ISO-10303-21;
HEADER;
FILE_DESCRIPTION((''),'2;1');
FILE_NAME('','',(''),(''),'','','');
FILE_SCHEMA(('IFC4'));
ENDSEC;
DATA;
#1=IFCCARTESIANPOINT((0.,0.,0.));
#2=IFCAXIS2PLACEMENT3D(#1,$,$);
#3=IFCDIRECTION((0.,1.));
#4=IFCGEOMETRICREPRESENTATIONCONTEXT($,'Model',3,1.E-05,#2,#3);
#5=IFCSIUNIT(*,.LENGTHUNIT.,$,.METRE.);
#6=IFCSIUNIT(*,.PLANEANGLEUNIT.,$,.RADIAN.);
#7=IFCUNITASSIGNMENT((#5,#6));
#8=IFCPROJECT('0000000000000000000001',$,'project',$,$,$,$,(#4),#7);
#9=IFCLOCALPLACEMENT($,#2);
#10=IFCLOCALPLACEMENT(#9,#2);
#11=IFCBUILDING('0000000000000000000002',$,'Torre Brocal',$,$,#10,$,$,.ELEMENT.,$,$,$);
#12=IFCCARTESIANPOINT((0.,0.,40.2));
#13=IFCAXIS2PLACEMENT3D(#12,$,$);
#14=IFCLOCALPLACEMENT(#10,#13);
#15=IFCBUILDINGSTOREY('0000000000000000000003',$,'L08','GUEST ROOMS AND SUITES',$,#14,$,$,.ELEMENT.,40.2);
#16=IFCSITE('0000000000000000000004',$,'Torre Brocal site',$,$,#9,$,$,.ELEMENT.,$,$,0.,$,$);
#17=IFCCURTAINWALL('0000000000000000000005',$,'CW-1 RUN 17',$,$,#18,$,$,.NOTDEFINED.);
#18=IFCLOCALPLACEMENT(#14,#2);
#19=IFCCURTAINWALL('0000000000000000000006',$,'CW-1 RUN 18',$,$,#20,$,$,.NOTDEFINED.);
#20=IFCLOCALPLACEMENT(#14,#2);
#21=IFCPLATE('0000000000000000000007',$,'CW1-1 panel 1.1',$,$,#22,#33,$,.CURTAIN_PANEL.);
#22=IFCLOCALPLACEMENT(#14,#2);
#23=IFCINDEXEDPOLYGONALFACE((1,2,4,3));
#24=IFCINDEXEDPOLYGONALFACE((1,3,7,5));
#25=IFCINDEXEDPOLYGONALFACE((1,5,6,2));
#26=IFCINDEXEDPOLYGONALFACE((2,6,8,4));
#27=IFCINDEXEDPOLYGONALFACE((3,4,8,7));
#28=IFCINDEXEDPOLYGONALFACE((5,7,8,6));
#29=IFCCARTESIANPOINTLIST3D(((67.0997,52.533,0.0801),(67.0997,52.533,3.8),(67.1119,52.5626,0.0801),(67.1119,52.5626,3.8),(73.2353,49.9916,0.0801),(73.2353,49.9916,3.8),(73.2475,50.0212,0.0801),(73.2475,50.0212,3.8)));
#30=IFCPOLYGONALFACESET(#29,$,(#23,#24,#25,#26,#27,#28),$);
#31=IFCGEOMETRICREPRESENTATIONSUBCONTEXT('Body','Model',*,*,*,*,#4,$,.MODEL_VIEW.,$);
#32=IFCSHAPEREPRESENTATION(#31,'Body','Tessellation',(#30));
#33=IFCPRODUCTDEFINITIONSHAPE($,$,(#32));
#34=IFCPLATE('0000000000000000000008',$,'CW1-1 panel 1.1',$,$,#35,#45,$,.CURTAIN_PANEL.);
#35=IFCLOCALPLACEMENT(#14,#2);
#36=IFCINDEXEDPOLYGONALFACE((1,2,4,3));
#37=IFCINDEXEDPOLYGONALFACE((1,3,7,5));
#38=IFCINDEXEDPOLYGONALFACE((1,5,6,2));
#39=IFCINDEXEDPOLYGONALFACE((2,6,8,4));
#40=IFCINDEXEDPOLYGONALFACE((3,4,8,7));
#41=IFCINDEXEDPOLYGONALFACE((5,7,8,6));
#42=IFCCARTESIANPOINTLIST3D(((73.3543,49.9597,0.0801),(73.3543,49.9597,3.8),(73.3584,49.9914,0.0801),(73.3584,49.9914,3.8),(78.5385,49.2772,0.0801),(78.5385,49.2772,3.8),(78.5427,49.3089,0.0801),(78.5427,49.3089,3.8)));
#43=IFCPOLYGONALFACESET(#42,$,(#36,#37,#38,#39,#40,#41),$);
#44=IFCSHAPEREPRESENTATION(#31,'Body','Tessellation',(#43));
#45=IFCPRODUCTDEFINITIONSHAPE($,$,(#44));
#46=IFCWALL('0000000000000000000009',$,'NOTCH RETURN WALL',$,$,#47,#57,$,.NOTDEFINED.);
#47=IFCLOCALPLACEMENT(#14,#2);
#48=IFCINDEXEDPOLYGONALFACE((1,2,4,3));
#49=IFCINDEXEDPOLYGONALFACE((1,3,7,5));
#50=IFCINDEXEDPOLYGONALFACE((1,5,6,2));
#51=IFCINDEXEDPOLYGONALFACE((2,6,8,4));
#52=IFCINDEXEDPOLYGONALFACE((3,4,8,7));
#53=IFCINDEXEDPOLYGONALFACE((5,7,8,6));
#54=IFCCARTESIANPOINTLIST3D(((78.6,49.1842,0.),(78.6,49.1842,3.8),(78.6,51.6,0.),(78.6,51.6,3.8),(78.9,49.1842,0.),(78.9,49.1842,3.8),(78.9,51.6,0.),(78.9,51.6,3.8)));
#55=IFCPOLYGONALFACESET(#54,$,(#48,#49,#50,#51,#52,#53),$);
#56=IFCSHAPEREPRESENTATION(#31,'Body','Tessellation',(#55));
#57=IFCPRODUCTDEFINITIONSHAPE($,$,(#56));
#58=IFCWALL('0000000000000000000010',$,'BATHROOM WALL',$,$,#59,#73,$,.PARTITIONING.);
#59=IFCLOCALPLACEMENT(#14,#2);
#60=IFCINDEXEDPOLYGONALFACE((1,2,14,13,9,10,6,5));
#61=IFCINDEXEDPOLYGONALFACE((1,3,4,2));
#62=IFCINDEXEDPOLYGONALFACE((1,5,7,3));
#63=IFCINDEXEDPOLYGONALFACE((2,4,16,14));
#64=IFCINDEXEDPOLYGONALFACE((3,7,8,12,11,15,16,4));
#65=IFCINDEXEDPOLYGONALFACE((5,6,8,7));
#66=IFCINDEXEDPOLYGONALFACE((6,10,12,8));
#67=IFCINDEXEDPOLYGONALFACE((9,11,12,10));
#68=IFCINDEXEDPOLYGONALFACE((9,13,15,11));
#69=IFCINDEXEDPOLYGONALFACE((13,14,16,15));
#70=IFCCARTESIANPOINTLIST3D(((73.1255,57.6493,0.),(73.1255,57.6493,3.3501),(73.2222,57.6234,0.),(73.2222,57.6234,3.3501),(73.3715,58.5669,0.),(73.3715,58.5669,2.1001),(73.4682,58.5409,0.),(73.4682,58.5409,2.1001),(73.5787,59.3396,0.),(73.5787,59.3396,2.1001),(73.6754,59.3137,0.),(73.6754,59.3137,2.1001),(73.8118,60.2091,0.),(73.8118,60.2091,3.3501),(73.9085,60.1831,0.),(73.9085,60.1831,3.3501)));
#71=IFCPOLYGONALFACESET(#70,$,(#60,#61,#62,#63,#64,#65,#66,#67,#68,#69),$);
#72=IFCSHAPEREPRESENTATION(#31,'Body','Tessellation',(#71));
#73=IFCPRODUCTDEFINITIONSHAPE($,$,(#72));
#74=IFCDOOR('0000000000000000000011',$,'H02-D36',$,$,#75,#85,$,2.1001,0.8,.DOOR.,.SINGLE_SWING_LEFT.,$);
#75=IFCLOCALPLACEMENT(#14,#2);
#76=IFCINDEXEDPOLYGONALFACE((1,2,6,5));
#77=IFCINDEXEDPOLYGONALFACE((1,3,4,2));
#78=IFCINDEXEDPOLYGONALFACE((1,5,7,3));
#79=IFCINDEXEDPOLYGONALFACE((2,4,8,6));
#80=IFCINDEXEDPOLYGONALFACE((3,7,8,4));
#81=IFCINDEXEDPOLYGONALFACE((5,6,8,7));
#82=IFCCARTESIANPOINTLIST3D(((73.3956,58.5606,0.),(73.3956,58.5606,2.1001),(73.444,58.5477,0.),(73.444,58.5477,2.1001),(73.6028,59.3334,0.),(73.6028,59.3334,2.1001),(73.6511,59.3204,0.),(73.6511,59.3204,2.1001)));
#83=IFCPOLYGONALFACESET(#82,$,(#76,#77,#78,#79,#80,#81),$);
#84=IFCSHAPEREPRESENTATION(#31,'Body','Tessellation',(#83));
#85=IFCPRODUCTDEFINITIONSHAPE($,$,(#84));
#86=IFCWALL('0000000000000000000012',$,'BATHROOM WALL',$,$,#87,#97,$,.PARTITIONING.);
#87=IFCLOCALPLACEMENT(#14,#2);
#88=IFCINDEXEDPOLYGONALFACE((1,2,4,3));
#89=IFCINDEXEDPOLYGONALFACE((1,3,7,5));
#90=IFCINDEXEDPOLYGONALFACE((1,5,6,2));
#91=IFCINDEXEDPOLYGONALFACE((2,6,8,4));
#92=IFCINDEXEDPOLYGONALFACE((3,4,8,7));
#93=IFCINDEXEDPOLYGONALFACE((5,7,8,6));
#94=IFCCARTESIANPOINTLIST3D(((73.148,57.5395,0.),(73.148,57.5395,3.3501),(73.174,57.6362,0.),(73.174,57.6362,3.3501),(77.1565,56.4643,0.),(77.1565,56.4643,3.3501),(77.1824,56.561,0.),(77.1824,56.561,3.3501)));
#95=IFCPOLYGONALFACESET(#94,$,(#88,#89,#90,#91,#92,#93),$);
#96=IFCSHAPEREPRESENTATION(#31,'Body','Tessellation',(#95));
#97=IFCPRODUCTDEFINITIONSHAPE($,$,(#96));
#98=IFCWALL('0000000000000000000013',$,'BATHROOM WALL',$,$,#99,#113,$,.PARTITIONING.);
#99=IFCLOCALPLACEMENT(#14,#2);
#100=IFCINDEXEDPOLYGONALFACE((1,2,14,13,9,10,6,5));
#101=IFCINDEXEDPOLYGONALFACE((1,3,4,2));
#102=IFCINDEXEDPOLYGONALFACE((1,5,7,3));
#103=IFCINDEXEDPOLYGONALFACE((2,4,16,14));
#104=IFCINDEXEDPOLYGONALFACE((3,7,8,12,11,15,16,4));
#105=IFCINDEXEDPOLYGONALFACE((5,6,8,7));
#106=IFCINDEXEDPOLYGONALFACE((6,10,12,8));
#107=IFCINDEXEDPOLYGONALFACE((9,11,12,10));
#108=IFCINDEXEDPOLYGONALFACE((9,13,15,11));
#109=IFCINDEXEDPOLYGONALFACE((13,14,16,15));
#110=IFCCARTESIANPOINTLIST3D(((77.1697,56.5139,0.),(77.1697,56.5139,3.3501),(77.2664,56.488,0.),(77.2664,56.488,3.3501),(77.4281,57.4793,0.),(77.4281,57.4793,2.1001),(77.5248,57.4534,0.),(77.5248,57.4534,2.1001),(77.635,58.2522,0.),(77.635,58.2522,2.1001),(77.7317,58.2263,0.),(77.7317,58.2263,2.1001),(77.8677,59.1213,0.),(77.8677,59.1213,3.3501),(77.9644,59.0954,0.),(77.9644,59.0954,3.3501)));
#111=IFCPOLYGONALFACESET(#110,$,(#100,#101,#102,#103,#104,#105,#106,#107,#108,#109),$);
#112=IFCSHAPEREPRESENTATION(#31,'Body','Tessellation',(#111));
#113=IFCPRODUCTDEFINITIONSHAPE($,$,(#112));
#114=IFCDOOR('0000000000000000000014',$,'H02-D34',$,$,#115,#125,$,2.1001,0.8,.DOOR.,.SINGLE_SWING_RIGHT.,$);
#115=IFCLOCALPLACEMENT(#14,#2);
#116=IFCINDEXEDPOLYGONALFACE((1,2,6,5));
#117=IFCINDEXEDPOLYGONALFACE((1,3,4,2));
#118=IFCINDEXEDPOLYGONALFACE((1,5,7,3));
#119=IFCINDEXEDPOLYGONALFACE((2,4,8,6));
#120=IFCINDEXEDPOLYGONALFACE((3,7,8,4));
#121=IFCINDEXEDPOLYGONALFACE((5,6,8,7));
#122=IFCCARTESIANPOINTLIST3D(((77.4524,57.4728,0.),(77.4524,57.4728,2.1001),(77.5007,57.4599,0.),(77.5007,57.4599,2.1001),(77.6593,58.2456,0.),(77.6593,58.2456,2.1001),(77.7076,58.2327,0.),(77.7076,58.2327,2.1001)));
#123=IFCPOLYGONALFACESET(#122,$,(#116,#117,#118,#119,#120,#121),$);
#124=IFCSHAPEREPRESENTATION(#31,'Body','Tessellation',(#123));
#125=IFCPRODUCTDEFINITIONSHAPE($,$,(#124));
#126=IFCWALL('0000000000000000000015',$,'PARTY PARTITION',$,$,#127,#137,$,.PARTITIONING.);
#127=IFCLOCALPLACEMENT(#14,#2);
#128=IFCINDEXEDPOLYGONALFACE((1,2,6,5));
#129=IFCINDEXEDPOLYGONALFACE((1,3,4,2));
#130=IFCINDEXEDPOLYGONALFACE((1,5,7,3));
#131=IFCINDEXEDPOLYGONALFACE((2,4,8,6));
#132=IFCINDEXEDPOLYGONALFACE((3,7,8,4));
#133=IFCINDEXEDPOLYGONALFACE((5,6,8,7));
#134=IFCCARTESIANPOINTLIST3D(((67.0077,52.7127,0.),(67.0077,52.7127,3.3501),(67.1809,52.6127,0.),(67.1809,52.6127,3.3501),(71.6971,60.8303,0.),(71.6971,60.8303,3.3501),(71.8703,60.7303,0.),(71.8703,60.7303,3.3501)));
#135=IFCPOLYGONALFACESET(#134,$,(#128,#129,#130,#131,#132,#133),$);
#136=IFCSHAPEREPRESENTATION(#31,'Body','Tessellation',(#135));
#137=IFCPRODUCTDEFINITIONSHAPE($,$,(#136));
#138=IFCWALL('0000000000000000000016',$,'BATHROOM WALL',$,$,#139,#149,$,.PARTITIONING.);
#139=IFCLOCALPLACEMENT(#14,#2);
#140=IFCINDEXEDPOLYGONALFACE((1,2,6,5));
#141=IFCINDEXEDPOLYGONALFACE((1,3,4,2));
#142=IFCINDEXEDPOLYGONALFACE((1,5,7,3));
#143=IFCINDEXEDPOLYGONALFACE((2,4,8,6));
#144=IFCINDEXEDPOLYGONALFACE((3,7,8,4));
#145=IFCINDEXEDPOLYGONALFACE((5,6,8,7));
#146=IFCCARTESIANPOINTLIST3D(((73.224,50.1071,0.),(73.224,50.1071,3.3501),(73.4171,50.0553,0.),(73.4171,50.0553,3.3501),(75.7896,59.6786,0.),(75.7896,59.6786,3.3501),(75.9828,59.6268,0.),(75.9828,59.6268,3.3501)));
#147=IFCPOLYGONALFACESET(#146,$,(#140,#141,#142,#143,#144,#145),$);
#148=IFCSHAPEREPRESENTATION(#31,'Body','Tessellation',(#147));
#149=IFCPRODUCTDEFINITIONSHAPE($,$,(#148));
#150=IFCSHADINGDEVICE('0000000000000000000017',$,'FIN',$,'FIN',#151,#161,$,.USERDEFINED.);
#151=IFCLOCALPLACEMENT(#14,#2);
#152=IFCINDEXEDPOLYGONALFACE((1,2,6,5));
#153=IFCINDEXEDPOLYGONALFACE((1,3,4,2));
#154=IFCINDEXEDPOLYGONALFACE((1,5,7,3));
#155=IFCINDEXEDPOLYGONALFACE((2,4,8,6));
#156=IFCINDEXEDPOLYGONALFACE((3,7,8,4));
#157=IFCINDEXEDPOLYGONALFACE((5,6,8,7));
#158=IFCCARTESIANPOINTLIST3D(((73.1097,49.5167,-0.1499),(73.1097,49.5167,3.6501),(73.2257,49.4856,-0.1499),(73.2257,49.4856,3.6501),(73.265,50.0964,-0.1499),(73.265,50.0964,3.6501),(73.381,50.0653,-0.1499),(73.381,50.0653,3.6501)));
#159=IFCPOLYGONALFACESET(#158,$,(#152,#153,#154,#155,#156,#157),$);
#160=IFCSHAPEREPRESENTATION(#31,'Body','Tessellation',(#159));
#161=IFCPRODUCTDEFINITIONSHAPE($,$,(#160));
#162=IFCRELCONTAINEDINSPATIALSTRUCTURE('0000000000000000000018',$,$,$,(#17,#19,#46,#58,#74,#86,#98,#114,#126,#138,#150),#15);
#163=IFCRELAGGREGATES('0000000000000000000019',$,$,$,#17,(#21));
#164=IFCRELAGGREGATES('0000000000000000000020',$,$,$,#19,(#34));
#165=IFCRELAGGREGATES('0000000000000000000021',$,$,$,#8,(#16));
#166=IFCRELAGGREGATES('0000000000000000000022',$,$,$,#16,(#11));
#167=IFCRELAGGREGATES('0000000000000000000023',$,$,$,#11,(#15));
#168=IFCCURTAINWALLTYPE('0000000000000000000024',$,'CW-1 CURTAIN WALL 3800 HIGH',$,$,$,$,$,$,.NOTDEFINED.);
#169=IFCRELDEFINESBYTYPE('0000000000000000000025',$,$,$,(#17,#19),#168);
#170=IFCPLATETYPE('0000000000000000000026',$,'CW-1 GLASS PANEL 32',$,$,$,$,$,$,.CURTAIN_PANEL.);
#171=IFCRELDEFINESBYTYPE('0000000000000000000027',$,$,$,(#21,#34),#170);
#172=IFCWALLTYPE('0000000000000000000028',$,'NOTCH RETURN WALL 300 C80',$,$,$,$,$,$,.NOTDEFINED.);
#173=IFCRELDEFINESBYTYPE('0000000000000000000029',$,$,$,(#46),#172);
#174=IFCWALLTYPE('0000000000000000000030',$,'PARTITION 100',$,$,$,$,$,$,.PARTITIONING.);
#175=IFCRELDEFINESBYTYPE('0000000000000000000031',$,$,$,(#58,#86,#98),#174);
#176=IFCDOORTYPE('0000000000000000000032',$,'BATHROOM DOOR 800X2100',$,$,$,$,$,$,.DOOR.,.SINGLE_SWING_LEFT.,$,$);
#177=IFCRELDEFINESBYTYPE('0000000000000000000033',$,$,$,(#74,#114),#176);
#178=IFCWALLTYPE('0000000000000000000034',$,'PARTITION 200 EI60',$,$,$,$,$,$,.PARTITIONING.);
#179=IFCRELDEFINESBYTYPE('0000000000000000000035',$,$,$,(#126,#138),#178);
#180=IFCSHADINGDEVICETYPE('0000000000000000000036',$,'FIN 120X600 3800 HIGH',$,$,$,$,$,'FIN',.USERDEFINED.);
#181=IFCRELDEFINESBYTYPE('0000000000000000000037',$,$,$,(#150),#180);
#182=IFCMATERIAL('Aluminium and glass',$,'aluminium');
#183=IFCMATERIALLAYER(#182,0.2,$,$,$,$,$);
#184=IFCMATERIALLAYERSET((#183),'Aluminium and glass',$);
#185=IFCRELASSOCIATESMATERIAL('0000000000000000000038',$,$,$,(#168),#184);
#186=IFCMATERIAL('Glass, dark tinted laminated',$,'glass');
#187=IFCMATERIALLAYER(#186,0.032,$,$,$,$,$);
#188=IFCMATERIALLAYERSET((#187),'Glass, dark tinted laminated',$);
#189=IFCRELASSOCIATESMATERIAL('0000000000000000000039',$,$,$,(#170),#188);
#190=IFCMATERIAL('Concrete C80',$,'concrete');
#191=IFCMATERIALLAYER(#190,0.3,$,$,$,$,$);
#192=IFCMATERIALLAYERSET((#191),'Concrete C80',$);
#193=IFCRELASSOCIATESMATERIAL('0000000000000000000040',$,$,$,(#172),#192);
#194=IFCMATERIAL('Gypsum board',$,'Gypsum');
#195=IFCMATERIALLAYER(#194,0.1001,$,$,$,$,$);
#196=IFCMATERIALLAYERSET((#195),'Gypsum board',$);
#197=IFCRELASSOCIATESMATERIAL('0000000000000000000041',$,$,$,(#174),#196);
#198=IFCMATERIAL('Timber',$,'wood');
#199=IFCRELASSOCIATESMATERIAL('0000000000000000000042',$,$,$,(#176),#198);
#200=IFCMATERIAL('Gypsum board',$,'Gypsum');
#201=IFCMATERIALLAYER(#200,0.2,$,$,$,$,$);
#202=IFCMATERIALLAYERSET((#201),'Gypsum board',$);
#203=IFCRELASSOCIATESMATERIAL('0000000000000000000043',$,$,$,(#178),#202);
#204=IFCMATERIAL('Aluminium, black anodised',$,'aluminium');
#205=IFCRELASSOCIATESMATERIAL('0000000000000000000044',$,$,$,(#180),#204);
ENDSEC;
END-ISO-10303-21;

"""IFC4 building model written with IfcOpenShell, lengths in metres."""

from ifc_helpers import new_model, si_unit, direction, frame, frame_2d, origin, origin_2d, place, context, subcontext, project, spatial, rectangle, extrude, material, layer, layer_set, material_profile, profile_set, type_object, element, fill, aggregate, save


model = new_model("IFC4")

# Units and contexts
model_context = context("Model", 3, precision=1e-05, world=origin(), true_north=direction((0.0, 1.0)))
body_context = subcontext(model_context, "Body", "Model", "MODEL_VIEW")
ifc_project = project(units=[si_unit("LENGTHUNIT", "METRE"), si_unit("PLANEANGLEUNIT", "RADIAN")], contexts=[model_context])

# Site, building, storey
site_placement = place(None, origin())
site = spatial("IfcSite", under=ifc_project, at=site_placement, Name="Torre Brocal site", CompositionType="ELEMENT", RefElevation=0.0)
building_placement = place(site_placement, origin())
building = spatial("IfcBuilding", under=site, at=building_placement, Name="Torre Brocal", CompositionType="ELEMENT")
storey_placement = place(building_placement, frame((0.0, 0.0, 40.2)))
storey = spatial("IfcBuildingStorey", under=building, at=storey_placement, Name="L08", Description="GUEST ROOMS AND SUITES", CompositionType="ELEMENT", Elevation=40.2)

# Shared definitions
ifc_material_1 = material(Name="Aluminium and glass", Category="aluminium")
ifc_layer_1 = layer(ifc_material_1, 0.2)
ifc_layer_set_1 = layer_set([ifc_layer_1], Name="Aluminium and glass")
curtain_wall_type = type_object("IfcCurtainWallType", Name="CW-1 CURTAIN WALL 3800 HIGH", PredefinedType="NOTDEFINED", material=ifc_layer_set_1)

# Curtain walls
curtain_wall_1_placement = place(storey_placement, origin())
curtain_wall_1 = element("IfcCurtainWall", 1, at=curtain_wall_1_placement, inside=storey, type_object=curtain_wall_type, Name="CW-1 RUN 17", PredefinedType="NOTDEFINED")
curtain_wall_2_placement = place(storey_placement, origin())
curtain_wall_2 = element("IfcCurtainWall", 2, at=curtain_wall_2_placement, inside=storey, type_object=curtain_wall_type, Name="CW-1 RUN 18", PredefinedType="NOTDEFINED")

# Plates
ifc_material_2 = material(Name="Glass, dark tinted laminated", Category="glass")
ifc_layer_2 = layer(ifc_material_2, 0.032)
ifc_layer_set_2 = layer_set([ifc_layer_2], Name="Glass, dark tinted laminated")
plate_type = type_object("IfcPlateType", Name="CW-1 GLASS PANEL 32", PredefinedType="CURTAIN_PANEL", material=ifc_layer_set_2)
plate_1_placement = place(storey_placement, frame((70.1736, 51.2771, 0.0801), z_axis=(0.0, 0.0, 1.0), x_axis=(0.92388, -0.382683, 0.0)))
plate_1 = element("IfcPlate", 3, at=plate_1_placement, type_object=plate_type, Name="CW1-1 panel 1.1", PredefinedType="CURTAIN_PANEL", context=body_context, shape_type="SweptSolid", body=[
    extrude(rectangle(XDim=6.6411, YDim=0.032, at=origin_2d()), origin(), (0.0, 0.0, 1.0), 3.72),
])
aggregate(curtain_wall_1, [plate_1])
plate_2_placement = place(storey_placement, frame((75.9485, 49.6343, 0.0801), z_axis=(0.0, 0.0, 1.0), x_axis=(0.991445, -0.130526, 0.0)))
plate_2 = element("IfcPlate", 4, at=plate_2_placement, type_object=plate_type, Name="CW1-1 panel 1.1", PredefinedType="CURTAIN_PANEL", context=body_context, shape_type="SweptSolid", body=[
    extrude(rectangle(XDim=5.229, YDim=0.032, at=origin_2d()), origin(), (0.0, 0.0, 1.0), 3.72),
])
aggregate(curtain_wall_2, [plate_2])

# Wall
ifc_material_3 = material(Name="Concrete C80", Category="concrete")
ifc_layer_3 = layer(ifc_material_3, 0.3)
ifc_layer_set_3 = layer_set([ifc_layer_3], Name="Concrete C80")
wall_type_1 = type_object("IfcWallType", Name="NOTCH RETURN WALL 300 C80", PredefinedType="NOTDEFINED", material=ifc_layer_set_3)
wall_1_placement = place(storey_placement, frame((78.75, 51.6001, 0.0), z_axis=(0.0, 0.0, 1.0), x_axis=(0.0, -1.0, 0.0)))
element("IfcWall", 5, at=wall_1_placement, inside=storey, type_object=wall_type_1, Name="NOTCH RETURN WALL", PredefinedType="NOTDEFINED", context=body_context, shape_type="SweptSolid", body=[
    extrude(rectangle(XDim=2.4158, YDim=0.3, at=frame_2d((1.208, 0.0))), origin(), (0.0, 0.0, 1.0), 3.8),
])

# Wall, opening, door
ifc_material_4 = material(Name="Gypsum board", Category="Gypsum")
ifc_layer_4 = layer(ifc_material_4, 0.1001)
ifc_layer_set_4 = layer_set([ifc_layer_4], Name="Gypsum board")
wall_type_2 = type_object("IfcWallType", Name="PARTITION 100", PredefinedType="PARTITIONING", material=ifc_layer_set_4)
wall_2_placement = place(storey_placement, frame((73.1738, 57.6362, 0.0), z_axis=(0.0, 0.0, 1.0), x_axis=(0.258952, 0.96589, 0.0)))
wall_2 = element("IfcWall", 6, at=wall_2_placement, inside=storey, type_object=wall_type_2, Name="BATHROOM WALL", PredefinedType="PARTITIONING", context=body_context, shape_type="SweptSolid", body=[
    extrude(rectangle(XDim=2.6501, YDim=0.1001, at=frame_2d((1.3252, 0.0))), origin(), (0.0, 0.0, 1.0), 3.3501),
])
opening_1_placement = place(wall_2_placement, frame((0.9502, 0.0, 0.0)))
opening_1 = element("IfcOpeningElement", 7, at=opening_1_placement, cuts=wall_2, PredefinedType="OPENING", context=body_context, shape_type="SweptSolid", body=[
    extrude(rectangle(XDim=0.8, YDim=2.1001, at=frame_2d((0.3999, 1.05))), frame((0.0, 0.0601, 0.0), z_axis=(0.0, -1.0, 0.0), x_axis=(1.0, 0.0, 0.0)), (0.0, 0.0, 1.0), 0.1201),
])
ifc_material_5 = material(Name="Timber", Category="wood")
door_type = type_object("IfcDoorType", Name="BATHROOM DOOR 800X2100", OperationType="SINGLE_SWING_LEFT", PredefinedType="DOOR", material=ifc_material_5)
door_1_placement = place(opening_1_placement, frame((0.8, 0.0, 0.0), z_axis=(0.0, 0.0, 1.0), x_axis=(-1.0, 0.0, 0.0)))
door_1 = element("IfcDoor", 8, at=door_1_placement, inside=storey, type_object=door_type, Name="H02-D36", OperationType="SINGLE_SWING_LEFT", OverallHeight=2.1001, OverallWidth=0.8, PredefinedType="DOOR", context=body_context, shape_type="SweptSolid", body=[
    extrude(rectangle(XDim=0.8, YDim=2.1001, at=frame_2d((0.3999, 1.05))), frame((0.0, 0.0249, 0.0), z_axis=(0.0, -1.0, 0.0), x_axis=(1.0, 0.0, 0.0)), (0.0, 0.0, 1.0), 0.05),
])
fill(opening_1, door_1)

# Wall
wall_3_placement = place(storey_placement, frame((73.1609, 57.5879, 0.0), z_axis=(0.0, 0.0, 1.0), x_axis=(0.965859, -0.259068, 0.0)))
element("IfcWall", 9, at=wall_3_placement, inside=storey, type_object=wall_type_2, Name="BATHROOM WALL", PredefinedType="PARTITIONING", context=body_context, shape_type="SweptSolid", body=[
    extrude(rectangle(XDim=4.1501, YDim=0.1001, at=frame_2d((2.0752, 0.0))), origin(), (0.0, 0.0, 1.0), 3.3501),
])

# Wall, opening, door
wall_4_placement = place(storey_placement, frame((77.218, 56.501, 0.0), z_axis=(0.0, 0.0, 1.0), x_axis=(0.258591, 0.965987, 0.0)))
wall_4 = element("IfcWall", 10, at=wall_4_placement, inside=storey, type_object=wall_type_2, Name="BATHROOM WALL", PredefinedType="PARTITIONING", context=body_context, shape_type="SweptSolid", body=[
    extrude(rectangle(XDim=2.6992, YDim=0.1001, at=frame_2d((1.3496, 0.0))), origin(), (0.0, 0.0, 1.0), 3.3501),
])
opening_2_placement = place(wall_4_placement, frame((0.9995, 0.0, 0.0)))
opening_2 = element("IfcOpeningElement", 11, at=opening_2_placement, cuts=wall_4, PredefinedType="OPENING", context=body_context, shape_type="SweptSolid", body=[
    extrude(rectangle(XDim=0.8, YDim=2.1001, at=frame_2d((0.3999, 1.05))), frame((0.0, 0.0601, 0.0), z_axis=(0.0, -1.0, 0.0), x_axis=(1.0, 0.0, 0.0)), (0.0, 0.0, 1.0), 0.1201),
])
door_2_placement = place(opening_2_placement, origin())
door_2 = element("IfcDoor", 12, at=door_2_placement, inside=storey, type_object=door_type, Name="H02-D34", OperationType="SINGLE_SWING_RIGHT", OverallHeight=2.1001, OverallWidth=0.8, PredefinedType="DOOR", context=body_context, shape_type="SweptSolid", body=[
    extrude(rectangle(XDim=0.8, YDim=2.1001, at=frame_2d((0.3999, 1.05))), frame((0.0, 0.0249, 0.0), z_axis=(0.0, -1.0, 0.0), x_axis=(1.0, 0.0, 0.0)), (0.0, 0.0, 1.0), 0.05),
])
fill(opening_2, door_2)

# Walls
ifc_material_6 = material(Name="Gypsum board", Category="Gypsum")
ifc_layer_5 = layer(ifc_material_6, 0.2)
ifc_layer_set_5 = layer_set([ifc_layer_5], Name="Gypsum board")
wall_type_3 = type_object("IfcWallType", Name="PARTITION 200 EI60", PredefinedType="PARTITIONING", material=ifc_layer_set_5)
wall_5_placement = place(storey_placement, frame((67.0942, 52.6626, 0.0), z_axis=(0.0, 0.0, 1.0), x_axis=(0.500217, 0.8659, 0.0)))
element("IfcWall", 13, at=wall_5_placement, inside=storey, type_object=wall_type_3, Name="PARTY PARTITION", PredefinedType="PARTITIONING", context=body_context, shape_type="SweptSolid", body=[
    extrude(rectangle(XDim=9.3748, YDim=0.2, at=frame_2d((4.6875, 0.0))), origin(), (0.0, 0.0, 1.0), 3.3501),
])
wall_6_placement = place(storey_placement, frame((73.3206, 50.0813, 0.0), z_axis=(0.0, 0.0, 1.0), x_axis=(0.258912, 0.965901, 0.0)))
element("IfcWall", 14, at=wall_6_placement, inside=storey, type_object=wall_type_3, Name="BATHROOM WALL", PredefinedType="PARTITIONING", context=body_context, shape_type="SweptSolid", body=[
    extrude(rectangle(XDim=9.9094, YDim=0.2, at=frame_2d((4.9546, 0.0))), origin(), (0.0, 0.0, 1.0), 3.3501),
])

# Shading device
ifc_material_7 = material(Name="Aluminium, black anodised", Category="aluminium")
ifc_material_profile_1 = material_profile(ifc_material_7, rectangle(XDim=0.1201, YDim=0.6001, at=origin_2d()), Name="FIN 120X600 3800 HIGH")
ifc_profile_set_1 = profile_set([ifc_material_profile_1], Name="Aluminium, black anodised")
shading_device_type = type_object("IfcShadingDeviceType", Name="FIN 120X600 3800 HIGH", ElementType="FIN", PredefinedType="USERDEFINED", material=ifc_profile_set_1)
shading_device_placement = place(storey_placement, frame((73.2454, 49.791, -0.1499), z_axis=(0.0, 0.0, 1.0), x_axis=(0.965926, -0.258819, 0.0)))
element("IfcShadingDevice", 15, at=shading_device_placement, inside=storey, type_object=shading_device_type, Name="FIN", ObjectType="FIN", PredefinedType="USERDEFINED", context=body_context, shape_type="SweptSolid", body=[
    extrude(rectangle(XDim=0.1201, YDim=0.6001, at=origin_2d()), origin(), (0.0, 0.0, 1.0), 3.8),
])

save(model, "model.ifc")
